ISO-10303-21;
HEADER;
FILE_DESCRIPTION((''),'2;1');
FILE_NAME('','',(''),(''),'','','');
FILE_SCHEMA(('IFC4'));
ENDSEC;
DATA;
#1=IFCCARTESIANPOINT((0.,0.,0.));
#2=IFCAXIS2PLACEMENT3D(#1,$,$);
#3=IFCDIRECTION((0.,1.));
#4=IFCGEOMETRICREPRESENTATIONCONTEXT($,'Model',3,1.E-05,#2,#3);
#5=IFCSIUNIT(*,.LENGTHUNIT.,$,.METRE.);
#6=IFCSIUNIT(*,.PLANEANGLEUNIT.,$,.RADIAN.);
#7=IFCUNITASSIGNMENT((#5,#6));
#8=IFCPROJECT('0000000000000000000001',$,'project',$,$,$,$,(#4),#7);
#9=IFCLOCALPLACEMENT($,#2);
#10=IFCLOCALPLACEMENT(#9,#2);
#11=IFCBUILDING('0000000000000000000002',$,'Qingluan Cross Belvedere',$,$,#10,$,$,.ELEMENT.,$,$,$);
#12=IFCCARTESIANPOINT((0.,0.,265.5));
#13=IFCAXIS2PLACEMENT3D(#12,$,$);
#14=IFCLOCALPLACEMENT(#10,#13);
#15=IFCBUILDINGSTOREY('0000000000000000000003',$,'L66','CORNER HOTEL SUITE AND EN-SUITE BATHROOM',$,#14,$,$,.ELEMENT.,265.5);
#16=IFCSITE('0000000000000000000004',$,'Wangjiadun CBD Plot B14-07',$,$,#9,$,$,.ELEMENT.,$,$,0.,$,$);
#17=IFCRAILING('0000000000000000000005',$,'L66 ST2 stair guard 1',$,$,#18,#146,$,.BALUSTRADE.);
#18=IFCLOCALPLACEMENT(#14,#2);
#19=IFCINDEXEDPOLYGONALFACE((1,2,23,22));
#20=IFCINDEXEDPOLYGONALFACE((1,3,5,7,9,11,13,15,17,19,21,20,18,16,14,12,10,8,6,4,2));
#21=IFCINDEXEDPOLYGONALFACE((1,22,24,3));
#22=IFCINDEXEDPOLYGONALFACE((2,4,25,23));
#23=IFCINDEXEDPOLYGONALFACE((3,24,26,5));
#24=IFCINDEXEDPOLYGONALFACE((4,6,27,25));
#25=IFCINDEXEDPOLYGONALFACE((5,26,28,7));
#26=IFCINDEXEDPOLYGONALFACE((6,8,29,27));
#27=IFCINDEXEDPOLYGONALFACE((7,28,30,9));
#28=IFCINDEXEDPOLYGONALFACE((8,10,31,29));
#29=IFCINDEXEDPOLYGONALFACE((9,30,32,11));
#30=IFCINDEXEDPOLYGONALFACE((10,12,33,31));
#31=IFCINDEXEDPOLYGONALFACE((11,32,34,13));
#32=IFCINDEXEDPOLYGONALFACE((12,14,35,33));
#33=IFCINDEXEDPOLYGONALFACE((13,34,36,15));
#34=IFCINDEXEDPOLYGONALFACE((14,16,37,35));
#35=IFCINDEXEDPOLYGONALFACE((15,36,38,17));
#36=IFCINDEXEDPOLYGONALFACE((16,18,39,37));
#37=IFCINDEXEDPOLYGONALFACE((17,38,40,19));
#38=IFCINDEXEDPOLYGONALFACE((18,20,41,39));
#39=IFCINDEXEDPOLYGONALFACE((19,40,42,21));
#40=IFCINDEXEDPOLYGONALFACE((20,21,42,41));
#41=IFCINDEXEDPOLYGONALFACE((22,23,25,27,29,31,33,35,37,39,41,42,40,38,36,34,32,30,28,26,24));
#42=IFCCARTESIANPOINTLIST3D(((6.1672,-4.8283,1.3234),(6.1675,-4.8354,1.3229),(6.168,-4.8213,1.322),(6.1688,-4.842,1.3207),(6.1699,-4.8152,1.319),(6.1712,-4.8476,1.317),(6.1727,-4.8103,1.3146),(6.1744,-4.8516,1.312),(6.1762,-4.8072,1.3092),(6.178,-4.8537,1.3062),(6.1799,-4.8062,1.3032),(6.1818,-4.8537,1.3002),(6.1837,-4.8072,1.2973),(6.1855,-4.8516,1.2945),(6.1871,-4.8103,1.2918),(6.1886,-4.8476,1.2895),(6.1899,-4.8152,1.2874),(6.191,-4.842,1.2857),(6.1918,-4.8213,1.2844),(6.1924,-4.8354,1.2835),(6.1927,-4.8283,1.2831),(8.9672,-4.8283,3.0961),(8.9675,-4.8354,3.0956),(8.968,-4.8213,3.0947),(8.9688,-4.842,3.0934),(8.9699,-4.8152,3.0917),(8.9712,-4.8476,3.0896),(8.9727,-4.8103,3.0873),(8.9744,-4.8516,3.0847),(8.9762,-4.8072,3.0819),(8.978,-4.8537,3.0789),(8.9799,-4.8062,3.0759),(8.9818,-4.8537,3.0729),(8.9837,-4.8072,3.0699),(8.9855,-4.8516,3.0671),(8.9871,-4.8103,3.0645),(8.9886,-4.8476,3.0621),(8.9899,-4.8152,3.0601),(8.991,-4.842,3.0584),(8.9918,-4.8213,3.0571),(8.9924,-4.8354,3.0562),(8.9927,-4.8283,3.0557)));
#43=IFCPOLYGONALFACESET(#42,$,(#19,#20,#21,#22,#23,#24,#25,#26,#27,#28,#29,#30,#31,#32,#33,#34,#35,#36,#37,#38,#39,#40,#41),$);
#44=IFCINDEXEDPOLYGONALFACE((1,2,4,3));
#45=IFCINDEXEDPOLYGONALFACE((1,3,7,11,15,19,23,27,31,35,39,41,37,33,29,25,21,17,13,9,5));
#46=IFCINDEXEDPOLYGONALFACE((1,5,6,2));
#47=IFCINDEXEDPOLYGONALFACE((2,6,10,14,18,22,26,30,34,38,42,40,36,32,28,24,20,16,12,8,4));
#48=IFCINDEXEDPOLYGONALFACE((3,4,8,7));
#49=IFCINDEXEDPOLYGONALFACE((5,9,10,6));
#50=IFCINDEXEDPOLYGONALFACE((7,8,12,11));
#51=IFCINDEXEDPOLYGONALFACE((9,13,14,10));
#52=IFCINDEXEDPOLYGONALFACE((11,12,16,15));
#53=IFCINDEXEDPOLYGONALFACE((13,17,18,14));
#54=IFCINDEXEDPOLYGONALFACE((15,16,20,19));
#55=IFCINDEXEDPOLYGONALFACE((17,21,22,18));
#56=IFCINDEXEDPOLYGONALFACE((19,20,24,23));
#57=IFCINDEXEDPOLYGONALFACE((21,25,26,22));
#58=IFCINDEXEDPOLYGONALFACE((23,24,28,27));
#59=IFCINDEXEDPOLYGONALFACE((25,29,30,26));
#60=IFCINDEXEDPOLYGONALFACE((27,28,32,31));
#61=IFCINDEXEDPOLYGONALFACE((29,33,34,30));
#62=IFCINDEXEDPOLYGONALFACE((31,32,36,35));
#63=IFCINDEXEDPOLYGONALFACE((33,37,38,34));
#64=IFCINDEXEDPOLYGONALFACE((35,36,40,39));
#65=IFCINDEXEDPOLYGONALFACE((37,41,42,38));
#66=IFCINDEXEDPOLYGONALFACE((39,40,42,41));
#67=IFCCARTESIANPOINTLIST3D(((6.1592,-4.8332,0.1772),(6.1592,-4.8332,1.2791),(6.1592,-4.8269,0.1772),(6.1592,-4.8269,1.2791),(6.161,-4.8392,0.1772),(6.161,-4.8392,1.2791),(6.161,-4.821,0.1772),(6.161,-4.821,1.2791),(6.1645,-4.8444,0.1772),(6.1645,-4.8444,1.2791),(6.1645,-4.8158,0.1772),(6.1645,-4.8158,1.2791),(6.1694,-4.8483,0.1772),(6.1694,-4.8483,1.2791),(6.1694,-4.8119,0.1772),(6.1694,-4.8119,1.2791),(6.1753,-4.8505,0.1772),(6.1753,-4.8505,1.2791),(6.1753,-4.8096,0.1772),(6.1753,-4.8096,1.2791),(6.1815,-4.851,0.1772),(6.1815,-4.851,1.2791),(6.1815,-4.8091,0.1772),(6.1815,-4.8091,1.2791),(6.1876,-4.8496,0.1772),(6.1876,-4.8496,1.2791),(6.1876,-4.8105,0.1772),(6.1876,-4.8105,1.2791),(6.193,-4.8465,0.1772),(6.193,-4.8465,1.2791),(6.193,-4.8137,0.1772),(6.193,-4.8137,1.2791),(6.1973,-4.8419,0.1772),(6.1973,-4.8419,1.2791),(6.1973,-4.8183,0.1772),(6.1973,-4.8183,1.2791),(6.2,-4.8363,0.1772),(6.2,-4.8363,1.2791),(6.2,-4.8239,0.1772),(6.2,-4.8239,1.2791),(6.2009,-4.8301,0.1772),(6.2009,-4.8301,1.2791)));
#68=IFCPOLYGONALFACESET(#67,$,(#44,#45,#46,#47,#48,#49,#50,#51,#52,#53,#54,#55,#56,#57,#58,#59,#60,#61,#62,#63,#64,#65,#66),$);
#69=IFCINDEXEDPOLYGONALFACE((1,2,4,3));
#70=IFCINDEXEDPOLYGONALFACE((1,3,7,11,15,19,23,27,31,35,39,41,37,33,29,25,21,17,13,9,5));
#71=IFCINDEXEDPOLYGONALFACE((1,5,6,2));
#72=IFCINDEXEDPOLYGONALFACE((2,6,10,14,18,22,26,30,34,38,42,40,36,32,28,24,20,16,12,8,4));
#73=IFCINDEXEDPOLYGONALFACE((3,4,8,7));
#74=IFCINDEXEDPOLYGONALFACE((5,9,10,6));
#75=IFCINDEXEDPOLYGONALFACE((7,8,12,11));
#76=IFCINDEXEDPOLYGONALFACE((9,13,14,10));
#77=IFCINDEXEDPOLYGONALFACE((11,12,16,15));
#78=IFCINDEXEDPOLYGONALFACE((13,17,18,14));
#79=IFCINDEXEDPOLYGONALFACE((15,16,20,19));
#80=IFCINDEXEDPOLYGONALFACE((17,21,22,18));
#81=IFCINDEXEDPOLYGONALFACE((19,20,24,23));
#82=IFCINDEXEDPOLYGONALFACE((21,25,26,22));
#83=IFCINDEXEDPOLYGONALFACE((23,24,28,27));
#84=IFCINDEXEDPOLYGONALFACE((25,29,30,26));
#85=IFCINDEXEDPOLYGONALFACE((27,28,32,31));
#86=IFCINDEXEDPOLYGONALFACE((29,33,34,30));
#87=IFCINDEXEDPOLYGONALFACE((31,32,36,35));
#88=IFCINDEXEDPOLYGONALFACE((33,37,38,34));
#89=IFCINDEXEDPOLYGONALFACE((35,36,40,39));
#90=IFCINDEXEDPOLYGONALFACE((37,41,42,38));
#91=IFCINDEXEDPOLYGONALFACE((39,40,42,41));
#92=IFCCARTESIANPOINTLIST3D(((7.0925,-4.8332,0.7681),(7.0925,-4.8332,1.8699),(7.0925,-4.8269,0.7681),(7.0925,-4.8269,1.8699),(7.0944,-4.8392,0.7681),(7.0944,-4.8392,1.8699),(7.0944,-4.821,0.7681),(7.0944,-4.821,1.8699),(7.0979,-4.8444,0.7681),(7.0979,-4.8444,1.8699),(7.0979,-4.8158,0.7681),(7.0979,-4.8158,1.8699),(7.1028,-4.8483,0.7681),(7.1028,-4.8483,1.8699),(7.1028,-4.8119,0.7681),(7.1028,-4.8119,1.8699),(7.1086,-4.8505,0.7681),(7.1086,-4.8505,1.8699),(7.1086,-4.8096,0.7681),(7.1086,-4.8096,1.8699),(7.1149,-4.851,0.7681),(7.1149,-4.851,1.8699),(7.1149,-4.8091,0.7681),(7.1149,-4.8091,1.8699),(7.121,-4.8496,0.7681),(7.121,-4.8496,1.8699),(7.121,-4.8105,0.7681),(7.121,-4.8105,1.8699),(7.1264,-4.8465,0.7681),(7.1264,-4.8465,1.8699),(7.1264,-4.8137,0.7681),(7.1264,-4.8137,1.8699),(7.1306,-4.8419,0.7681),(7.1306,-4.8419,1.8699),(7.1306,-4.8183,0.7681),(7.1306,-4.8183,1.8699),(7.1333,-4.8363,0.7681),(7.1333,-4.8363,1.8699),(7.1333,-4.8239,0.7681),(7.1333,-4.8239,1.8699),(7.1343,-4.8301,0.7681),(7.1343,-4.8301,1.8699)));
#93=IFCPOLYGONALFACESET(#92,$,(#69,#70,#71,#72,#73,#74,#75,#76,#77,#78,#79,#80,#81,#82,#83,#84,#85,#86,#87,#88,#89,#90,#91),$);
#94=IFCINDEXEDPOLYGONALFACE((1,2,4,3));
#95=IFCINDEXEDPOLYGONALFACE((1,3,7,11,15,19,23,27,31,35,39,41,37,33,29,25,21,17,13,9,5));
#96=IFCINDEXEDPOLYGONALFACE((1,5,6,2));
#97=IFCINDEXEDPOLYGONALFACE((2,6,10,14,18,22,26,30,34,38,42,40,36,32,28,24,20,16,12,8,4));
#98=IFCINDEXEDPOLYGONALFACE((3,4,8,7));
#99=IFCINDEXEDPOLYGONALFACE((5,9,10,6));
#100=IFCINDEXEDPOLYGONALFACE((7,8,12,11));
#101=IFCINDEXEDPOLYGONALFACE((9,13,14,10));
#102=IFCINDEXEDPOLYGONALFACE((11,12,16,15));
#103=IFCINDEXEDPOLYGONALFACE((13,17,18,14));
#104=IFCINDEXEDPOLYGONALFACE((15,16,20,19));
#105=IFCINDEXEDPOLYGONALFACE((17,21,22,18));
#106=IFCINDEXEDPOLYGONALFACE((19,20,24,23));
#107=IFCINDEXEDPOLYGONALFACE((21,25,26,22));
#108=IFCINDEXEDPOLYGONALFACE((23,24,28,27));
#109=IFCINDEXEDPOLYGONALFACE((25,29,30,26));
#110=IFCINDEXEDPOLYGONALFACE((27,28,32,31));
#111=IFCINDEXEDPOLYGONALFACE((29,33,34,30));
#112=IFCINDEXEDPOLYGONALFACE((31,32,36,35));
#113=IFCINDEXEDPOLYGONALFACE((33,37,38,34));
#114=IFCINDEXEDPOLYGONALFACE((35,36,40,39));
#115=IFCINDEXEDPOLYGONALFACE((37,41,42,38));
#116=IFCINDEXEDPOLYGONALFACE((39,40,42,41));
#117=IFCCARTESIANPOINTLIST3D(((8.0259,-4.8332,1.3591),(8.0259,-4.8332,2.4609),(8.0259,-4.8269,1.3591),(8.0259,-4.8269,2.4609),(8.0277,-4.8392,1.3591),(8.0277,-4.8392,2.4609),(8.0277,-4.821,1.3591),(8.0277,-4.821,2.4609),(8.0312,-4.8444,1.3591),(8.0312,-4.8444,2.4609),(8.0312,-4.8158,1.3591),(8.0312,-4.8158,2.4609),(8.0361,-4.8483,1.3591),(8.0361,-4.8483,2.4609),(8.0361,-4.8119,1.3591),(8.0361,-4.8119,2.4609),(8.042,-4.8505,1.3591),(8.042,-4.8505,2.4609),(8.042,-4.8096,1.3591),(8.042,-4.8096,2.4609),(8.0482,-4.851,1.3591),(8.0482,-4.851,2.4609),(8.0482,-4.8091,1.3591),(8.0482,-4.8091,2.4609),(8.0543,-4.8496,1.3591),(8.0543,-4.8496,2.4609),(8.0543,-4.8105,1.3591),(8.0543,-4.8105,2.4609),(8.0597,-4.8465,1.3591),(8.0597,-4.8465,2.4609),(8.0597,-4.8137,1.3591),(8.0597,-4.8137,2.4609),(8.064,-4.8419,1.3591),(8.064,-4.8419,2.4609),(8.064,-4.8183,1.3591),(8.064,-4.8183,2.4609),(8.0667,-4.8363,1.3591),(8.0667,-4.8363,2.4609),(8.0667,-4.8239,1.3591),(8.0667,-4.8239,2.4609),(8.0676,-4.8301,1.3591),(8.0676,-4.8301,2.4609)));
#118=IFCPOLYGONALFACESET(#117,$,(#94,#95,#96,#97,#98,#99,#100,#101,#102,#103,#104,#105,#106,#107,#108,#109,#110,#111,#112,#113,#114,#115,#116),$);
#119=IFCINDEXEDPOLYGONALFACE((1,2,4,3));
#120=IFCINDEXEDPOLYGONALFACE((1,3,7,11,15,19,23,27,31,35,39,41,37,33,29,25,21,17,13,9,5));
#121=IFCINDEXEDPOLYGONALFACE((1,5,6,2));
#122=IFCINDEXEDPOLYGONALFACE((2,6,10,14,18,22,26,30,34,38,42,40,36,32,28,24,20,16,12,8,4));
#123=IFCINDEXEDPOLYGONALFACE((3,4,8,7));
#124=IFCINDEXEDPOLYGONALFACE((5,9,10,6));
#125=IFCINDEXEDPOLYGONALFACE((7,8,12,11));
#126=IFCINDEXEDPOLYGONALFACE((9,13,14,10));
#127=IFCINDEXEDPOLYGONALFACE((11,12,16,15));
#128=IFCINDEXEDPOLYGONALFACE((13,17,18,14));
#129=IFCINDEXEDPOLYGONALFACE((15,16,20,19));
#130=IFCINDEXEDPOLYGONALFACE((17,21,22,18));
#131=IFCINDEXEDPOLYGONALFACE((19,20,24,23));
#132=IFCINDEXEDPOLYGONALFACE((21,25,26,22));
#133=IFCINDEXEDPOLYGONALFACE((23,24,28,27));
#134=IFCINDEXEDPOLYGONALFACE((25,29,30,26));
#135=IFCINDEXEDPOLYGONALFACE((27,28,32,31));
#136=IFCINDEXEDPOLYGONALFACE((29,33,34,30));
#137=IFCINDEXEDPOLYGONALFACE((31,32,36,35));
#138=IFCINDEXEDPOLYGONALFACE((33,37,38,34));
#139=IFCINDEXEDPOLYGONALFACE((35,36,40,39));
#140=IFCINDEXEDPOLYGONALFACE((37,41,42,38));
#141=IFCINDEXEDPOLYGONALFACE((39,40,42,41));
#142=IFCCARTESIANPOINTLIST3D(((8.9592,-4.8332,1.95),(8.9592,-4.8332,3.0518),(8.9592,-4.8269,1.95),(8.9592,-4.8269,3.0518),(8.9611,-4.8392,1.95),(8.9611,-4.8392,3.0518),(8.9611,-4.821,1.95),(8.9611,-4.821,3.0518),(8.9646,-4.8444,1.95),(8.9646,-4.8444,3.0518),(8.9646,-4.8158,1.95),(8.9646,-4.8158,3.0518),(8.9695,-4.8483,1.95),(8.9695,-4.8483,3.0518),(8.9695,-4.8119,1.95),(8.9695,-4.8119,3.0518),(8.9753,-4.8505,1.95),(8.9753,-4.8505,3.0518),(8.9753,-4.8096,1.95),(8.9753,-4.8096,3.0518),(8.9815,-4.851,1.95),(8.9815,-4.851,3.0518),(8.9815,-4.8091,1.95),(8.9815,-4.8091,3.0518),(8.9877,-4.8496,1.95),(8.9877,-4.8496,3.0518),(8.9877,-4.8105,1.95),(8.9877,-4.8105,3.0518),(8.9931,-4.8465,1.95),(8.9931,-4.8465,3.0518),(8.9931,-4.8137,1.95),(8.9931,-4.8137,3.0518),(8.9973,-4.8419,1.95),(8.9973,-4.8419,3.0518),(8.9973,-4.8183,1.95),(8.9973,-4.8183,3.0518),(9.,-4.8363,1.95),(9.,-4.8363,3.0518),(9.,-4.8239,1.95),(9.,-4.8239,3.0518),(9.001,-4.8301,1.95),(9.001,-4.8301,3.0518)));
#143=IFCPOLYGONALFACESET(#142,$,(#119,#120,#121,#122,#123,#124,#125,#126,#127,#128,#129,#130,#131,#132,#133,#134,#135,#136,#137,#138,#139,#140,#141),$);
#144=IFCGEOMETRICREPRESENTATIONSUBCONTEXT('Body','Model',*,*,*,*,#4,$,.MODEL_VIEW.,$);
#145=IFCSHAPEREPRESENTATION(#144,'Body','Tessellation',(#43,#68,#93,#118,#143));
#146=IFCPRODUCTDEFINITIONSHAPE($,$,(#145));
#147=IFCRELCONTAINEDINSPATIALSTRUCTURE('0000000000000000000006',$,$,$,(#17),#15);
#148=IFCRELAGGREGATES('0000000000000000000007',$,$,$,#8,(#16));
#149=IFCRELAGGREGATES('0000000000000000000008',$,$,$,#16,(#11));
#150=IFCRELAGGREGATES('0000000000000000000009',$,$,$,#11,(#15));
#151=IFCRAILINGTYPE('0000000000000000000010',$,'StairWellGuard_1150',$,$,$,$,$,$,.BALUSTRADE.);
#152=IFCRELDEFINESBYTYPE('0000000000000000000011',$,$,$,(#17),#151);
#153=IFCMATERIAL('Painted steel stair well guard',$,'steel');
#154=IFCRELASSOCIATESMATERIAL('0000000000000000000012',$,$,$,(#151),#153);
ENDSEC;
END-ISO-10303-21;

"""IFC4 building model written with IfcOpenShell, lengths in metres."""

from ifc_helpers import new_model, si_unit, direction, frame, origin, origin_2d, place, context, subcontext, project, spatial, circle, extrude, material, type_object, element, save


model = new_model("IFC4")

# Units and contexts
model_context = context("Model", 3, precision=1e-05, world=origin(), true_north=direction((0.0, 1.0)))
body_context = subcontext(model_context, "Body", "Model", "MODEL_VIEW")
ifc_project = project(units=[si_unit("LENGTHUNIT", "METRE"), si_unit("PLANEANGLEUNIT", "RADIAN")], contexts=[model_context])

# Site, building, storey
site_placement = place(None, origin())
site = spatial("IfcSite", under=ifc_project, at=site_placement, Name="Wangjiadun CBD Plot B14-07", CompositionType="ELEMENT", RefElevation=0.0)
building_placement = place(site_placement, origin())
building = spatial("IfcBuilding", under=site, at=building_placement, Name="Qingluan Cross Belvedere", CompositionType="ELEMENT")
storey_placement = place(building_placement, frame((0.0, 0.0, 265.5)))
storey = spatial("IfcBuildingStorey", under=building, at=storey_placement, Name="L66", Description="CORNER HOTEL SUITE AND EN-SUITE BATHROOM", CompositionType="ELEMENT", Elevation=265.5)

# Railing
ifc_material_1 = material(Name="Painted steel stair well guard", Category="steel")
railing_type_1 = type_object("IfcRailingType", Name="StairWellGuard_1150", PredefinedType="BALUSTRADE", material=ifc_material_1)
railing_1_placement = place(storey_placement, frame((6.1799, -4.8301, 0.1772)))
element("IfcRailing", 1, at=railing_1_placement, inside=storey, type_object=railing_type_1, Name="L66 ST2 stair guard 1", PredefinedType="BALUSTRADE", context=body_context, shape_type="SweptSolid", body=[
    extrude(circle(Radius=0.0239, at=origin_2d()), frame((0.0, 0.0, 1.126), z_axis=(0.844909, 0.0, 0.53491), x_axis=(0.0, 1.0, 0.0)), (0.0, 0.0, 1.0), 3.314),
    extrude(circle(Radius=0.021, at=origin_2d()), origin(), (0.0, 0.0, 1.0), 1.1018),
    extrude(circle(Radius=0.021, at=origin_2d()), frame((0.9333, 0.0, 0.5908)), (0.0, 0.0, 1.0), 1.1018),
    extrude(circle(Radius=0.021, at=origin_2d()), frame((1.8667, 0.0, 1.1819)), (0.0, 0.0, 1.0), 1.1018),
    extrude(circle(Radius=0.021, at=origin_2d()), frame((2.8, 0.0, 1.7727)), (0.0, 0.0, 1.0), 1.1018),
])

save(model, "model.ifc")
